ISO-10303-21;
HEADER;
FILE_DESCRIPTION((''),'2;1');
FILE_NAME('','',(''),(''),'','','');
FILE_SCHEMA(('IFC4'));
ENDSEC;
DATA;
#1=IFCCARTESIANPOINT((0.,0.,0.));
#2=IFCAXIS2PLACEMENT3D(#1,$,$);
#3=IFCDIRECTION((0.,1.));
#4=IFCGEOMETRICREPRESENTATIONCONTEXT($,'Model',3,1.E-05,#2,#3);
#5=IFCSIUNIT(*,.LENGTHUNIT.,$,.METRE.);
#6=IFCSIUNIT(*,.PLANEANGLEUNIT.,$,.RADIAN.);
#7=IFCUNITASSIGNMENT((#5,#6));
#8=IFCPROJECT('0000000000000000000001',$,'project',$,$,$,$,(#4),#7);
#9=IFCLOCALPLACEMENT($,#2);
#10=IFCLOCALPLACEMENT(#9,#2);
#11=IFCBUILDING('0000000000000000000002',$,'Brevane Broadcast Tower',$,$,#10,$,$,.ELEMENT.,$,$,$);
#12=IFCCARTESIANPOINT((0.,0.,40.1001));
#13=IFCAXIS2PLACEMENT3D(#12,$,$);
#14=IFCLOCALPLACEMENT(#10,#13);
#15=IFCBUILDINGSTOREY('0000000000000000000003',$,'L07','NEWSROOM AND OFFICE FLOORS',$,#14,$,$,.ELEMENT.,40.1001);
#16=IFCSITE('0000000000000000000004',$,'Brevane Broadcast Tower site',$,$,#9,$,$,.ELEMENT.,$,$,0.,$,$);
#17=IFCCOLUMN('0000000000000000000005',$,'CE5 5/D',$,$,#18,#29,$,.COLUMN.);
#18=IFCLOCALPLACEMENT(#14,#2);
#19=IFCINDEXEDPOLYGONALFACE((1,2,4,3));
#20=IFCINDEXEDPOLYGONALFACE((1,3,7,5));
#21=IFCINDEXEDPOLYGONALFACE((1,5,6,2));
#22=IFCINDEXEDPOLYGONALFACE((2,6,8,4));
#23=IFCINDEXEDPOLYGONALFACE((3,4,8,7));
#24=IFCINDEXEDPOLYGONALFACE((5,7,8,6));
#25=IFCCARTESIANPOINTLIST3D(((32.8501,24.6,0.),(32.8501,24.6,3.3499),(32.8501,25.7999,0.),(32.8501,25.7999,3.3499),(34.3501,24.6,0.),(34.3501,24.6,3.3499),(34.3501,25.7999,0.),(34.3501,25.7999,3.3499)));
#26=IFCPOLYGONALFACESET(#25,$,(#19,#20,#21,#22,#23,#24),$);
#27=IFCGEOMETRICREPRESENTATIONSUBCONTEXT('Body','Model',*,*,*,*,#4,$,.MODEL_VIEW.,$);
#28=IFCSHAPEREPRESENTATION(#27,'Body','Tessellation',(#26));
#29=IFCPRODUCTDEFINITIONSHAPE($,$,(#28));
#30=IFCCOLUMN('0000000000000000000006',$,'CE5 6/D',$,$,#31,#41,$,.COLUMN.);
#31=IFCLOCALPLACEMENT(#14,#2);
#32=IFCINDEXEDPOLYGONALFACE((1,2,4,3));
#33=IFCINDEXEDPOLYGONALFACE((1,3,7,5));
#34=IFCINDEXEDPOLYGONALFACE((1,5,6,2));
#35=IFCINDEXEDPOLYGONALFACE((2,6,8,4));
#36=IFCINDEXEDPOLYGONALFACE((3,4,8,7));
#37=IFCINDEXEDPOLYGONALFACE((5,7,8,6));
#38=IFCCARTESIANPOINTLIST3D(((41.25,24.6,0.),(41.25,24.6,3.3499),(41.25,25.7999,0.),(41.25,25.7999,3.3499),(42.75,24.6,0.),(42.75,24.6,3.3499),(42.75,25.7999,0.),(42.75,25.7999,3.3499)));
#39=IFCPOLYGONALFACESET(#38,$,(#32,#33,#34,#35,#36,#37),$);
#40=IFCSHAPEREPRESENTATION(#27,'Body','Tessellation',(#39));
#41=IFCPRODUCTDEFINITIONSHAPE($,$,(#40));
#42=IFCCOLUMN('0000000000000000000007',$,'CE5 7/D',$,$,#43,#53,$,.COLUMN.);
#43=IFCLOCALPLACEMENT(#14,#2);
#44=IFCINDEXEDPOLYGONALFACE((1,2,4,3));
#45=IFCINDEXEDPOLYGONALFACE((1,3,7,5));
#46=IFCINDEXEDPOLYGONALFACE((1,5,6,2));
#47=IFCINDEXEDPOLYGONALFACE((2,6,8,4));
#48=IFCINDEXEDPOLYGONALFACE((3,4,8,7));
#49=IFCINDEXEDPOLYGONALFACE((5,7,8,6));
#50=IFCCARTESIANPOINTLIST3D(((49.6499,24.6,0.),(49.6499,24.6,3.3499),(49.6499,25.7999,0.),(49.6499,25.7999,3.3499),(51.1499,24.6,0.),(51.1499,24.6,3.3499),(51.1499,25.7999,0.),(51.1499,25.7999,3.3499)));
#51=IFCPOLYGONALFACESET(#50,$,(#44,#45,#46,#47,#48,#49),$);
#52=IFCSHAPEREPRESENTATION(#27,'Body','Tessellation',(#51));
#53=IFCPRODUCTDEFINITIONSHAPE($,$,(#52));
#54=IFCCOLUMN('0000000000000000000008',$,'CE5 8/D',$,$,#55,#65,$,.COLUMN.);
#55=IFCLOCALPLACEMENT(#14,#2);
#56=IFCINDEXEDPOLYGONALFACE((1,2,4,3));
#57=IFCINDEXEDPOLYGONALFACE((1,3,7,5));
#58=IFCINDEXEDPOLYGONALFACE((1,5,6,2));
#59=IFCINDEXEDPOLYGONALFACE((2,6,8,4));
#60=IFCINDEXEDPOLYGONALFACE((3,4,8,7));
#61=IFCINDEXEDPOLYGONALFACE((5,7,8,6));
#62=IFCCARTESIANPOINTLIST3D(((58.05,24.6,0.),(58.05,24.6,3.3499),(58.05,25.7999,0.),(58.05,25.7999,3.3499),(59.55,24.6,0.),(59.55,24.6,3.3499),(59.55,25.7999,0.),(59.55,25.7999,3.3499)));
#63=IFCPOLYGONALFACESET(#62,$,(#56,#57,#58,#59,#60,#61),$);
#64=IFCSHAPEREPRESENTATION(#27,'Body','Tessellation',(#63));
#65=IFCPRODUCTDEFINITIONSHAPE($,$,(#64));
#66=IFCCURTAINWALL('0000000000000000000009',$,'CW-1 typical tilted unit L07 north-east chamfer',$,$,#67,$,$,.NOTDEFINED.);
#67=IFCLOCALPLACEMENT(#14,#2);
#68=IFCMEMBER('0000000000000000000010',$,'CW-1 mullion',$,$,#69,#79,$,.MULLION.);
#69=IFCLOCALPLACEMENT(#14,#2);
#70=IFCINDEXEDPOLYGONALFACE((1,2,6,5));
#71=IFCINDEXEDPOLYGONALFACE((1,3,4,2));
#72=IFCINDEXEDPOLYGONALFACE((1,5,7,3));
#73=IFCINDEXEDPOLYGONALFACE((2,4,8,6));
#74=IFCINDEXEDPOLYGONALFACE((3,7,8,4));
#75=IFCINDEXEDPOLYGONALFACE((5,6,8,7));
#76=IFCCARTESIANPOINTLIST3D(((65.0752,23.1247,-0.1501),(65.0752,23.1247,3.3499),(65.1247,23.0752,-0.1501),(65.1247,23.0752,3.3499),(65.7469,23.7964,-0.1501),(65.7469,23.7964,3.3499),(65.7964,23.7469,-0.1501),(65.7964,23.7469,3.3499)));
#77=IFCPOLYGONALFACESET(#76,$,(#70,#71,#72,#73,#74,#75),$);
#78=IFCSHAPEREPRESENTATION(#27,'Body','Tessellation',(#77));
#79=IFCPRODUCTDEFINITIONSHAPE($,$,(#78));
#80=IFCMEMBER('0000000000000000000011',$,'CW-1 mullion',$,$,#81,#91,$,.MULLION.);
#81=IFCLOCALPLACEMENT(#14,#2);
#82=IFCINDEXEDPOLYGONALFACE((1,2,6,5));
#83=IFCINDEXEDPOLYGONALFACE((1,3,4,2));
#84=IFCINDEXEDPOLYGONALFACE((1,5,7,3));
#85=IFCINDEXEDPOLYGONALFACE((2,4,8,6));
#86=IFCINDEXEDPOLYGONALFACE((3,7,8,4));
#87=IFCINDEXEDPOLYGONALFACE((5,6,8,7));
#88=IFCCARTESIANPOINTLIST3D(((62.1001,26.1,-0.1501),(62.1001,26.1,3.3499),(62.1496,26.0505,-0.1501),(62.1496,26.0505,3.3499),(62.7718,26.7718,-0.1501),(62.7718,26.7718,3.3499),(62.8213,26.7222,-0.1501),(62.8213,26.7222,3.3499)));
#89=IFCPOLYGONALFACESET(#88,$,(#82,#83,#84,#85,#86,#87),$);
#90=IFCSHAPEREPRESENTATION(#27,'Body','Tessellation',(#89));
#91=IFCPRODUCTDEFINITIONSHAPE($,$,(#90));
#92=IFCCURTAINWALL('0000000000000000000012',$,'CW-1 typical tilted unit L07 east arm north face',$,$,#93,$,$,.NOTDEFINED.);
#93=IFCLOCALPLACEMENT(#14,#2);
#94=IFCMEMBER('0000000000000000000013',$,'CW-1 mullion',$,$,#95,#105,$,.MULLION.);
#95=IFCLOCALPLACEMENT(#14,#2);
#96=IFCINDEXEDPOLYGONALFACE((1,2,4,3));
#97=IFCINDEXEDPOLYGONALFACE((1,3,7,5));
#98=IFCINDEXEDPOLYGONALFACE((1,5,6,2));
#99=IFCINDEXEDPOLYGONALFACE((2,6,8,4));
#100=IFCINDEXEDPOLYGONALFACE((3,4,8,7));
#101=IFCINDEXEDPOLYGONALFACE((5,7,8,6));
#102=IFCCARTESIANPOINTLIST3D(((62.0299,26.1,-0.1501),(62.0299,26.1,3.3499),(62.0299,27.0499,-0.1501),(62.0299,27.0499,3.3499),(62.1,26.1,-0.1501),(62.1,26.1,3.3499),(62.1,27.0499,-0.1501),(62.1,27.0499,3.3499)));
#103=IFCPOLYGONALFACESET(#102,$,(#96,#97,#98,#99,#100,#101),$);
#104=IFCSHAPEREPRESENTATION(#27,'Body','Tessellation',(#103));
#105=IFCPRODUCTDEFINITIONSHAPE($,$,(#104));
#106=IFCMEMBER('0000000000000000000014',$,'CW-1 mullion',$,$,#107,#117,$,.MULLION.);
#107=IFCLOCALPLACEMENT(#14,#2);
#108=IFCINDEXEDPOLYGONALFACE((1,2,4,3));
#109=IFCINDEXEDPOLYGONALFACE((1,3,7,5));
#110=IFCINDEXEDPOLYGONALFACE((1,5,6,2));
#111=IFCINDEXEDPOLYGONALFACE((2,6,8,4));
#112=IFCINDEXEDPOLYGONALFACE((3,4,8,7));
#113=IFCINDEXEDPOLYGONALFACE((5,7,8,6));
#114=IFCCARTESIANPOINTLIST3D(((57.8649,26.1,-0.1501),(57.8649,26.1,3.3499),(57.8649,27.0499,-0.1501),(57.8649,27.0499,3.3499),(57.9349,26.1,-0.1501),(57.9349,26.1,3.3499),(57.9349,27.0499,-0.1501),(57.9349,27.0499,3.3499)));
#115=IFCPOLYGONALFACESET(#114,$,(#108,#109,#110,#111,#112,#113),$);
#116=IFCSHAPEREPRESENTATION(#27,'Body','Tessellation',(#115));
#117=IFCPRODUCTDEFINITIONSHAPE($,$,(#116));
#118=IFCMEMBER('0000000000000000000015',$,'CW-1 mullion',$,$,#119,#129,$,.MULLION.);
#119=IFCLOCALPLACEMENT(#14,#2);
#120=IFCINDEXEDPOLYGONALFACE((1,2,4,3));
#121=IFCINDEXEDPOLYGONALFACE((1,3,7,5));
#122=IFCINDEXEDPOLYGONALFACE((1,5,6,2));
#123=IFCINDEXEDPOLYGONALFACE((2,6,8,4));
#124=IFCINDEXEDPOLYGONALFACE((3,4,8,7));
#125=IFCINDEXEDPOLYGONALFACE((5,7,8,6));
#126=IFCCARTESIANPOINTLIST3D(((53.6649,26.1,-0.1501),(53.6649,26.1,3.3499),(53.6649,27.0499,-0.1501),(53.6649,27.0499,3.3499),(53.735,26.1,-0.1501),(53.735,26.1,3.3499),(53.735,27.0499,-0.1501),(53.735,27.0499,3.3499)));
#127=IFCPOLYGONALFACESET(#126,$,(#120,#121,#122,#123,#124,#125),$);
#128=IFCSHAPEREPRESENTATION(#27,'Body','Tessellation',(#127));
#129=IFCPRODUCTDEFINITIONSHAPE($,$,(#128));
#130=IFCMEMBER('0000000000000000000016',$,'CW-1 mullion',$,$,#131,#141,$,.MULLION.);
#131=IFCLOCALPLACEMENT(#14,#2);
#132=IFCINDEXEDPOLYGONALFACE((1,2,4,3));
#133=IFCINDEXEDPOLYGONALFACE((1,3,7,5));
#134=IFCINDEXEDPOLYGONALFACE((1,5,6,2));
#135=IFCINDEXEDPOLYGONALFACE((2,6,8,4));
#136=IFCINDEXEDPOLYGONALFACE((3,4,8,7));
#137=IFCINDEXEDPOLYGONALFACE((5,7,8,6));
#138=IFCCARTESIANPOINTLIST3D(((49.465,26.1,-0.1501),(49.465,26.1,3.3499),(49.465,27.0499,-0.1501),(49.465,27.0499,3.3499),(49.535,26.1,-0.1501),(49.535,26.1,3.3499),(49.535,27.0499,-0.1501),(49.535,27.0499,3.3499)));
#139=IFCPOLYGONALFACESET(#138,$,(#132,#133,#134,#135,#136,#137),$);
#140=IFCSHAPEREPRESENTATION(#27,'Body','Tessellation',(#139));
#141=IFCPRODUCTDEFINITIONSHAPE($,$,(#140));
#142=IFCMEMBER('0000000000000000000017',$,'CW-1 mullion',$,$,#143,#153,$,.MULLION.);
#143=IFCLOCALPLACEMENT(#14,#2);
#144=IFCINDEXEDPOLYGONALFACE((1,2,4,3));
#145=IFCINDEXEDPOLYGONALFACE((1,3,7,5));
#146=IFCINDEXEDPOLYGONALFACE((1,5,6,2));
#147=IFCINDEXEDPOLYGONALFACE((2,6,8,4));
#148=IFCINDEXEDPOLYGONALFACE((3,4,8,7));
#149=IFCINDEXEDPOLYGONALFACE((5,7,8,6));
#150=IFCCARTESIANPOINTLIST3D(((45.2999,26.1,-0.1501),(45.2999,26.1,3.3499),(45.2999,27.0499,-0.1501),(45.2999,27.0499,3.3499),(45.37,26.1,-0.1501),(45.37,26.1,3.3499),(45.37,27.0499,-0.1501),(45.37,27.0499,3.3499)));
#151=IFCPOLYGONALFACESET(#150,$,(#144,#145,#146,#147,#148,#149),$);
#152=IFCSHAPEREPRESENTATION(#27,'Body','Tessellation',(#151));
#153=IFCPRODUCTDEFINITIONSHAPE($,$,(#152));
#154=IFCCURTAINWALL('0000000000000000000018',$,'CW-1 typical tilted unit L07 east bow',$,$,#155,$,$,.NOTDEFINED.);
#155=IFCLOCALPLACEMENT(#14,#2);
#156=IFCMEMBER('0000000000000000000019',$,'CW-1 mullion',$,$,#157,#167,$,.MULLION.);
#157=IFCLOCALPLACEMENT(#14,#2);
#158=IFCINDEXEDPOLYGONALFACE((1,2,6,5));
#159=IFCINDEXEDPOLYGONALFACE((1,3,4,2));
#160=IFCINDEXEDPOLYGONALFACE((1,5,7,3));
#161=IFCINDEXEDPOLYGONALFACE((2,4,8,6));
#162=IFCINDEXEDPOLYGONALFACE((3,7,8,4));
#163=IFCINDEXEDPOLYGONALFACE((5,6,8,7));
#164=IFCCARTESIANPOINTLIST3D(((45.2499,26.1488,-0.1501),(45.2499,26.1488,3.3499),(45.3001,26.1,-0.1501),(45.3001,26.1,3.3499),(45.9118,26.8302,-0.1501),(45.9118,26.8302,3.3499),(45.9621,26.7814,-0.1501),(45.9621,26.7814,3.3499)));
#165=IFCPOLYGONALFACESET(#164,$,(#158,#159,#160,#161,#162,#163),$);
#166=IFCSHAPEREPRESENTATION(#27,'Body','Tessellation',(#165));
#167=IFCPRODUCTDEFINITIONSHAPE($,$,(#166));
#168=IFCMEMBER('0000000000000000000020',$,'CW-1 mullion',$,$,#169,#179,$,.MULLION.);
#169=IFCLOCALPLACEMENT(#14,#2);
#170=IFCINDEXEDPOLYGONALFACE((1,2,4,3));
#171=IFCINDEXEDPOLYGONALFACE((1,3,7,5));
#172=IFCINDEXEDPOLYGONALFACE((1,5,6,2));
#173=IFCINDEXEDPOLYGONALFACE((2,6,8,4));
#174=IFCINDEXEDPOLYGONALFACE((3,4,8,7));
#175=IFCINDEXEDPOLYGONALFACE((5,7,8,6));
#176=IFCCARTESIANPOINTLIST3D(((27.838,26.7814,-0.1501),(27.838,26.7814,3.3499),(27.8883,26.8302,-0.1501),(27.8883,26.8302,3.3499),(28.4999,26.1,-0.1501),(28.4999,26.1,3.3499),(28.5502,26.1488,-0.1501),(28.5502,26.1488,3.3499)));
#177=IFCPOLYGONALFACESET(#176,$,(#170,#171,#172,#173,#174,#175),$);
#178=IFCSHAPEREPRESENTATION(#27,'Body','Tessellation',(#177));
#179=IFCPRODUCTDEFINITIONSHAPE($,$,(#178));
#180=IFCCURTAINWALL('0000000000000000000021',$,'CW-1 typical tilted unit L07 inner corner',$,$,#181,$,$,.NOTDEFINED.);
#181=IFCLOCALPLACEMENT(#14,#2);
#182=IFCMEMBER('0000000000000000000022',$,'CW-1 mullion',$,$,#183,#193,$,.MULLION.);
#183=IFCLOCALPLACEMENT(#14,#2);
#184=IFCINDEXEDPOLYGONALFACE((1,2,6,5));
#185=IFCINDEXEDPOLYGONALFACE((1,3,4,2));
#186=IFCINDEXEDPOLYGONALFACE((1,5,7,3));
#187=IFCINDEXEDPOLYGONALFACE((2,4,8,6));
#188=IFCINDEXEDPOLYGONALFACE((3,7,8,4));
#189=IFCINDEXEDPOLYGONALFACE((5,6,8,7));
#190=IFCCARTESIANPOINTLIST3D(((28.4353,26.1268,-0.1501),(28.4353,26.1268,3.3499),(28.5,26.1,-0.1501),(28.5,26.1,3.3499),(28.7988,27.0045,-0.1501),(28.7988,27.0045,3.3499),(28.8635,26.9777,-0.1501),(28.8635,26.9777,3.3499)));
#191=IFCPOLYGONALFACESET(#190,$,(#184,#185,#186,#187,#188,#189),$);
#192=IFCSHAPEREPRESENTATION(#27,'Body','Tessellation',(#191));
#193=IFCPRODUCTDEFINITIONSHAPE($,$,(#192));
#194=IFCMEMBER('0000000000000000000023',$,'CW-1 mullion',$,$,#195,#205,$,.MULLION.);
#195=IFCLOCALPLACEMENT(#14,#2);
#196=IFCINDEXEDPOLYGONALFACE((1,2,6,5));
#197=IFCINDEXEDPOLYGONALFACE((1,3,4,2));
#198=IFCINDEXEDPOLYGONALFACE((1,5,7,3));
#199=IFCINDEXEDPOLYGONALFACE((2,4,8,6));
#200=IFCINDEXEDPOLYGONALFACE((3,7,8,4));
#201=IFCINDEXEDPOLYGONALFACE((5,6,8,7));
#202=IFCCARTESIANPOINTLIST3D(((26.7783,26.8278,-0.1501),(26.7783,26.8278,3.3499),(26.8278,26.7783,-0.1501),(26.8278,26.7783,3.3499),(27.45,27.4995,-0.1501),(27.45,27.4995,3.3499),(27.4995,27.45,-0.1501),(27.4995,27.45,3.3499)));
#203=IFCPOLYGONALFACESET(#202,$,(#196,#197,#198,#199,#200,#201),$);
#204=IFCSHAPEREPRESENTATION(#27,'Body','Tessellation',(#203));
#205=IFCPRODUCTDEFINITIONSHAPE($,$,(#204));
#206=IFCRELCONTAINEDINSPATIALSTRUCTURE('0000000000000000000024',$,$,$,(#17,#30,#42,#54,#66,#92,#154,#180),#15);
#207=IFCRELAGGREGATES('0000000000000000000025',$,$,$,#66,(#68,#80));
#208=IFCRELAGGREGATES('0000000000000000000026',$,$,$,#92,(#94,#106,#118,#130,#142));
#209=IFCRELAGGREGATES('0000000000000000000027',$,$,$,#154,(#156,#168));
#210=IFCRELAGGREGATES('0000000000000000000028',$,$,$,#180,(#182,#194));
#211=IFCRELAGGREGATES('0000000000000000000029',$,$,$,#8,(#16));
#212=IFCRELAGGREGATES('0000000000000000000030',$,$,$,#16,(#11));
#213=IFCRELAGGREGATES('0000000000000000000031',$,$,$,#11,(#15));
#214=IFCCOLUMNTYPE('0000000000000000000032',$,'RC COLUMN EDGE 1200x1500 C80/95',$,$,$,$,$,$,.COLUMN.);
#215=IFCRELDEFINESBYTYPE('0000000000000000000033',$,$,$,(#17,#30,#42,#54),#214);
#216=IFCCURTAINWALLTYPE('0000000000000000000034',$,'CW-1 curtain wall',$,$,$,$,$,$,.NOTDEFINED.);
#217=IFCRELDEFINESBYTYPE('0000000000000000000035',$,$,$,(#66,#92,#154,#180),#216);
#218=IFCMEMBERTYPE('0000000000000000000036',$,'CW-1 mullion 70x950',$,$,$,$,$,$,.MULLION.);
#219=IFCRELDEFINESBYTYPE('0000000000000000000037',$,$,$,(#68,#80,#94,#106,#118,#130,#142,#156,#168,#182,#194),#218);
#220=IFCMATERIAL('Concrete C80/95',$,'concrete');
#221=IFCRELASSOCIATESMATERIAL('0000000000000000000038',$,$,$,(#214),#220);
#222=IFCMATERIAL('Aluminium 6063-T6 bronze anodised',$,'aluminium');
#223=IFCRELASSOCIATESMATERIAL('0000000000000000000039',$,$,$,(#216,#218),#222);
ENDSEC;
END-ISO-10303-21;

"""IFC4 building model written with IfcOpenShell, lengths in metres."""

from ifc_helpers import new_model, si_unit, direction, frame, origin, origin_2d, place, context, subcontext, project, spatial, rectangle, extrude, material, material_profile, profile_set, type_object, element, aggregate, save


model = new_model("IFC4")

# Units and contexts
model_context = context("Model", 3, precision=1e-05, world=origin(), true_north=direction((0.0, 1.0)))
body_context = subcontext(model_context, "Body", "Model", "MODEL_VIEW")
ifc_project = project(units=[si_unit("LENGTHUNIT", "METRE"), si_unit("PLANEANGLEUNIT", "RADIAN")], contexts=[model_context])

# Site, building, storey
site_placement = place(None, origin())
site = spatial("IfcSite", under=ifc_project, at=site_placement, Name="Brevane Broadcast Tower site", CompositionType="ELEMENT", RefElevation=0.0)
building_placement = place(site_placement, origin())
building = spatial("IfcBuilding", under=site, at=building_placement, Name="Brevane Broadcast Tower", CompositionType="ELEMENT")
storey_placement = place(building_placement, frame((0.0, 0.0, 40.1001)))
storey = spatial("IfcBuildingStorey", under=building, at=storey_placement, Name="L07", Description="NEWSROOM AND OFFICE FLOORS", CompositionType="ELEMENT", Elevation=40.1001)

# Columns
ifc_material_1 = material(Name="Concrete C80/95", Category="concrete")
ifc_material_profile_1 = material_profile(ifc_material_1, rectangle(XDim=1.2, YDim=1.5, at=origin_2d()), Name="RC 1200x1500")
ifc_profile_set_1 = profile_set([ifc_material_profile_1], Name="Concrete C80/95")
column_type = type_object("IfcColumnType", Name="RC COLUMN EDGE 1200x1500 C80/95", PredefinedType="COLUMN", material=ifc_profile_set_1)
for number, where, z_axis, x_axis, name in (
    (1, (33.6001, 25.2, 0.0), (0.0, 0.0, 1.0), (0.0, 1.0, 0.0), "CE5 5/D"),
    (2, (42.0, 25.2, 0.0), (0.0, 0.0, 1.0), (0.0, 1.0, 0.0), "CE5 6/D"),
    (3, (50.3999, 25.2, 0.0), (0.0, 0.0, 1.0), (0.0, 1.0, 0.0), "CE5 7/D"),
    (4, (58.8, 25.2, 0.0), (0.0, 0.0, 1.0), (0.0, 1.0, 0.0), "CE5 8/D"),
):
    element("IfcColumn", number, at=place(storey_placement, frame(where, z_axis=z_axis, x_axis=x_axis)), inside=storey, type_object=column_type, Name=name, PredefinedType="COLUMN", context=body_context, shape_type="SweptSolid", body=[
        extrude(rectangle(XDim=1.2, YDim=1.5, at=origin_2d()), origin(), (0.0, 0.0, 1.0), 3.3499),
    ])

# Curtain walls, members
ifc_material_2 = material(Name="Aluminium 6063-T6 bronze anodised", Category="aluminium")
curtain_wall_type = type_object("IfcCurtainWallType", Name="CW-1 curtain wall", PredefinedType="NOTDEFINED", material=ifc_material_2)
curtain_wall_1_placement = place(storey_placement, origin())
curtain_wall_1 = element("IfcCurtainWall", 5, at=curtain_wall_1_placement, inside=storey, type_object=curtain_wall_type, Name="CW-1 typical tilted unit L07 north-east chamfer", PredefinedType="NOTDEFINED")
ifc_material_profile_2 = material_profile(ifc_material_2, rectangle(XDim=0.95, YDim=0.0701, at=origin_2d()), Name="RECT 70x950")
ifc_profile_set_2 = profile_set([ifc_material_profile_2], Name="Aluminium 6063-T6 bronze anodised")
member_type_1 = type_object("IfcMemberType", Name="CW-1 mullion 70x950", PredefinedType="MULLION", material=ifc_profile_set_2)
member_1_placement = place(storey_placement, frame((65.4358, 23.4358, -0.1501), z_axis=(0.0, 0.0, 1.0), x_axis=(-0.707107, -0.707107, 0.0)))
member_1 = element("IfcMember", 6, at=member_1_placement, type_object=member_type_1, Name="CW-1 mullion", PredefinedType="MULLION", context=body_context, shape_type="SweptSolid", body=[
    extrude(rectangle(XDim=0.95, YDim=0.0701, at=origin_2d()), origin(), (0.0, 0.0, 1.0), 3.5),
])
member_2_placement = place(storey_placement, frame((62.4607, 26.4111, -0.1501), z_axis=(0.0, 0.0, 1.0), x_axis=(-0.707107, -0.707107, 0.0)))
member_2 = element("IfcMember", 7, at=member_2_placement, type_object=member_type_1, Name="CW-1 mullion", PredefinedType="MULLION", context=body_context, shape_type="SweptSolid", body=[
    extrude(rectangle(XDim=0.95, YDim=0.0701, at=origin_2d()), origin(), (0.0, 0.0, 1.0), 3.5),
])
aggregate(curtain_wall_1, [member_1, member_2])
curtain_wall_2_placement = place(storey_placement, origin())
curtain_wall_2 = element("IfcCurtainWall", 8, at=curtain_wall_2_placement, inside=storey, type_object=curtain_wall_type, Name="CW-1 typical tilted unit L07 east arm north face", PredefinedType="NOTDEFINED")
member_3_placement = place(storey_placement, frame((62.0649, 26.575, -0.1501), z_axis=(0.0, 0.0, 1.0), x_axis=(0.0, -1.0, 0.0)))
member_3 = element("IfcMember", 9, at=member_3_placement, type_object=member_type_1, Name="CW-1 mullion", PredefinedType="MULLION", context=body_context, shape_type="SweptSolid", body=[
    extrude(rectangle(XDim=0.95, YDim=0.0701, at=origin_2d()), origin(), (0.0, 0.0, 1.0), 3.5),
])
member_4_placement = place(storey_placement, frame((57.8999, 26.575, -0.1501), z_axis=(0.0, 0.0, 1.0), x_axis=(0.0, -1.0, 0.0)))
member_4 = element("IfcMember", 10, at=member_4_placement, type_object=member_type_1, Name="CW-1 mullion", PredefinedType="MULLION", context=body_context, shape_type="SweptSolid", body=[
    extrude(rectangle(XDim=0.95, YDim=0.0701, at=origin_2d()), origin(), (0.0, 0.0, 1.0), 3.5),
])
member_5_placement = place(storey_placement, frame((53.7, 26.575, -0.1501), z_axis=(0.0, 0.0, 1.0), x_axis=(0.0, -1.0, 0.0)))
member_5 = element("IfcMember", 11, at=member_5_placement, type_object=member_type_1, Name="CW-1 mullion", PredefinedType="MULLION", context=body_context, shape_type="SweptSolid", body=[
    extrude(rectangle(XDim=0.95, YDim=0.0701, at=origin_2d()), origin(), (0.0, 0.0, 1.0), 3.5),
])
member_6_placement = place(storey_placement, frame((49.5, 26.575, -0.1501), z_axis=(0.0, 0.0, 1.0), x_axis=(0.0, -1.0, 0.0)))
member_6 = element("IfcMember", 12, at=member_6_placement, type_object=member_type_1, Name="CW-1 mullion", PredefinedType="MULLION", context=body_context, shape_type="SweptSolid", body=[
    extrude(rectangle(XDim=0.95, YDim=0.0701, at=origin_2d()), origin(), (0.0, 0.0, 1.0), 3.5),
])
member_7_placement = place(storey_placement, frame((45.335, 26.575, -0.1501), z_axis=(0.0, 0.0, 1.0), x_axis=(0.0, -1.0, 0.0)))
member_7 = element("IfcMember", 13, at=member_7_placement, type_object=member_type_1, Name="CW-1 mullion", PredefinedType="MULLION", context=body_context, shape_type="SweptSolid", body=[
    extrude(rectangle(XDim=0.95, YDim=0.0701, at=origin_2d()), origin(), (0.0, 0.0, 1.0), 3.5),
])
curtain_wall_3_placement = place(storey_placement, origin())
curtain_wall_3 = element("IfcCurtainWall", 14, at=curtain_wall_3_placement, inside=storey, type_object=curtain_wall_type, Name="CW-1 typical tilted unit L07 east bow", PredefinedType="NOTDEFINED")
member_8_placement = place(storey_placement, frame((45.606, 26.4651, -0.1501), z_axis=(0.0, 0.0, 1.0), x_axis=(-0.696812, -0.717254, 0.0)))
member_8 = element("IfcMember", 15, at=member_8_placement, type_object=member_type_1, Name="CW-1 mullion", PredefinedType="MULLION", context=body_context, shape_type="SweptSolid", body=[
    extrude(rectangle(XDim=0.95, YDim=0.0701, at=origin_2d()), origin(), (0.0, 0.0, 1.0), 3.5),
])
member_9_placement = place(storey_placement, frame((28.1941, 26.4651, -0.1501), z_axis=(0.0, 0.0, 1.0), x_axis=(0.696812, -0.717254, 0.0)))
member_9 = element("IfcMember", 16, at=member_9_placement, type_object=member_type_1, Name="CW-1 mullion", PredefinedType="MULLION", context=body_context, shape_type="SweptSolid", body=[
    extrude(rectangle(XDim=0.95, YDim=0.0701, at=origin_2d()), origin(), (0.0, 0.0, 1.0), 3.5),
])
curtain_wall_4_placement = place(storey_placement, origin())
curtain_wall_4 = element("IfcCurtainWall", 17, at=curtain_wall_4_placement, inside=storey, type_object=curtain_wall_type, Name="CW-1 typical tilted unit L07 inner corner", PredefinedType="NOTDEFINED")
member_10_placement = place(storey_placement, frame((28.6494, 26.5522, -0.1501), z_axis=(0.0, 0.0, 1.0), x_axis=(-0.382684, -0.923879, 0.0)))
member_10 = element("IfcMember", 18, at=member_10_placement, type_object=member_type_1, Name="CW-1 mullion", PredefinedType="MULLION", context=body_context, shape_type="SweptSolid", body=[
    extrude(rectangle(XDim=0.95, YDim=0.0701, at=origin_2d()), origin(), (0.0, 0.0, 1.0), 3.5),
])
member_11_placement = place(storey_placement, frame((27.1389, 27.1389, -0.1501), z_axis=(0.0, 0.0, 1.0), x_axis=(-0.707107, -0.707107, 0.0)))
member_11 = element("IfcMember", 19, at=member_11_placement, type_object=member_type_1, Name="CW-1 mullion", PredefinedType="MULLION", context=body_context, shape_type="SweptSolid", body=[
    extrude(rectangle(XDim=0.95, YDim=0.0701, at=origin_2d()), origin(), (0.0, 0.0, 1.0), 3.5),
])

aggregate(curtain_wall_2, [member_3, member_4, member_5, member_6, member_7])
aggregate(curtain_wall_3, [member_8, member_9])
aggregate(curtain_wall_4, [member_10, member_11])

save(model, "model.ifc")
